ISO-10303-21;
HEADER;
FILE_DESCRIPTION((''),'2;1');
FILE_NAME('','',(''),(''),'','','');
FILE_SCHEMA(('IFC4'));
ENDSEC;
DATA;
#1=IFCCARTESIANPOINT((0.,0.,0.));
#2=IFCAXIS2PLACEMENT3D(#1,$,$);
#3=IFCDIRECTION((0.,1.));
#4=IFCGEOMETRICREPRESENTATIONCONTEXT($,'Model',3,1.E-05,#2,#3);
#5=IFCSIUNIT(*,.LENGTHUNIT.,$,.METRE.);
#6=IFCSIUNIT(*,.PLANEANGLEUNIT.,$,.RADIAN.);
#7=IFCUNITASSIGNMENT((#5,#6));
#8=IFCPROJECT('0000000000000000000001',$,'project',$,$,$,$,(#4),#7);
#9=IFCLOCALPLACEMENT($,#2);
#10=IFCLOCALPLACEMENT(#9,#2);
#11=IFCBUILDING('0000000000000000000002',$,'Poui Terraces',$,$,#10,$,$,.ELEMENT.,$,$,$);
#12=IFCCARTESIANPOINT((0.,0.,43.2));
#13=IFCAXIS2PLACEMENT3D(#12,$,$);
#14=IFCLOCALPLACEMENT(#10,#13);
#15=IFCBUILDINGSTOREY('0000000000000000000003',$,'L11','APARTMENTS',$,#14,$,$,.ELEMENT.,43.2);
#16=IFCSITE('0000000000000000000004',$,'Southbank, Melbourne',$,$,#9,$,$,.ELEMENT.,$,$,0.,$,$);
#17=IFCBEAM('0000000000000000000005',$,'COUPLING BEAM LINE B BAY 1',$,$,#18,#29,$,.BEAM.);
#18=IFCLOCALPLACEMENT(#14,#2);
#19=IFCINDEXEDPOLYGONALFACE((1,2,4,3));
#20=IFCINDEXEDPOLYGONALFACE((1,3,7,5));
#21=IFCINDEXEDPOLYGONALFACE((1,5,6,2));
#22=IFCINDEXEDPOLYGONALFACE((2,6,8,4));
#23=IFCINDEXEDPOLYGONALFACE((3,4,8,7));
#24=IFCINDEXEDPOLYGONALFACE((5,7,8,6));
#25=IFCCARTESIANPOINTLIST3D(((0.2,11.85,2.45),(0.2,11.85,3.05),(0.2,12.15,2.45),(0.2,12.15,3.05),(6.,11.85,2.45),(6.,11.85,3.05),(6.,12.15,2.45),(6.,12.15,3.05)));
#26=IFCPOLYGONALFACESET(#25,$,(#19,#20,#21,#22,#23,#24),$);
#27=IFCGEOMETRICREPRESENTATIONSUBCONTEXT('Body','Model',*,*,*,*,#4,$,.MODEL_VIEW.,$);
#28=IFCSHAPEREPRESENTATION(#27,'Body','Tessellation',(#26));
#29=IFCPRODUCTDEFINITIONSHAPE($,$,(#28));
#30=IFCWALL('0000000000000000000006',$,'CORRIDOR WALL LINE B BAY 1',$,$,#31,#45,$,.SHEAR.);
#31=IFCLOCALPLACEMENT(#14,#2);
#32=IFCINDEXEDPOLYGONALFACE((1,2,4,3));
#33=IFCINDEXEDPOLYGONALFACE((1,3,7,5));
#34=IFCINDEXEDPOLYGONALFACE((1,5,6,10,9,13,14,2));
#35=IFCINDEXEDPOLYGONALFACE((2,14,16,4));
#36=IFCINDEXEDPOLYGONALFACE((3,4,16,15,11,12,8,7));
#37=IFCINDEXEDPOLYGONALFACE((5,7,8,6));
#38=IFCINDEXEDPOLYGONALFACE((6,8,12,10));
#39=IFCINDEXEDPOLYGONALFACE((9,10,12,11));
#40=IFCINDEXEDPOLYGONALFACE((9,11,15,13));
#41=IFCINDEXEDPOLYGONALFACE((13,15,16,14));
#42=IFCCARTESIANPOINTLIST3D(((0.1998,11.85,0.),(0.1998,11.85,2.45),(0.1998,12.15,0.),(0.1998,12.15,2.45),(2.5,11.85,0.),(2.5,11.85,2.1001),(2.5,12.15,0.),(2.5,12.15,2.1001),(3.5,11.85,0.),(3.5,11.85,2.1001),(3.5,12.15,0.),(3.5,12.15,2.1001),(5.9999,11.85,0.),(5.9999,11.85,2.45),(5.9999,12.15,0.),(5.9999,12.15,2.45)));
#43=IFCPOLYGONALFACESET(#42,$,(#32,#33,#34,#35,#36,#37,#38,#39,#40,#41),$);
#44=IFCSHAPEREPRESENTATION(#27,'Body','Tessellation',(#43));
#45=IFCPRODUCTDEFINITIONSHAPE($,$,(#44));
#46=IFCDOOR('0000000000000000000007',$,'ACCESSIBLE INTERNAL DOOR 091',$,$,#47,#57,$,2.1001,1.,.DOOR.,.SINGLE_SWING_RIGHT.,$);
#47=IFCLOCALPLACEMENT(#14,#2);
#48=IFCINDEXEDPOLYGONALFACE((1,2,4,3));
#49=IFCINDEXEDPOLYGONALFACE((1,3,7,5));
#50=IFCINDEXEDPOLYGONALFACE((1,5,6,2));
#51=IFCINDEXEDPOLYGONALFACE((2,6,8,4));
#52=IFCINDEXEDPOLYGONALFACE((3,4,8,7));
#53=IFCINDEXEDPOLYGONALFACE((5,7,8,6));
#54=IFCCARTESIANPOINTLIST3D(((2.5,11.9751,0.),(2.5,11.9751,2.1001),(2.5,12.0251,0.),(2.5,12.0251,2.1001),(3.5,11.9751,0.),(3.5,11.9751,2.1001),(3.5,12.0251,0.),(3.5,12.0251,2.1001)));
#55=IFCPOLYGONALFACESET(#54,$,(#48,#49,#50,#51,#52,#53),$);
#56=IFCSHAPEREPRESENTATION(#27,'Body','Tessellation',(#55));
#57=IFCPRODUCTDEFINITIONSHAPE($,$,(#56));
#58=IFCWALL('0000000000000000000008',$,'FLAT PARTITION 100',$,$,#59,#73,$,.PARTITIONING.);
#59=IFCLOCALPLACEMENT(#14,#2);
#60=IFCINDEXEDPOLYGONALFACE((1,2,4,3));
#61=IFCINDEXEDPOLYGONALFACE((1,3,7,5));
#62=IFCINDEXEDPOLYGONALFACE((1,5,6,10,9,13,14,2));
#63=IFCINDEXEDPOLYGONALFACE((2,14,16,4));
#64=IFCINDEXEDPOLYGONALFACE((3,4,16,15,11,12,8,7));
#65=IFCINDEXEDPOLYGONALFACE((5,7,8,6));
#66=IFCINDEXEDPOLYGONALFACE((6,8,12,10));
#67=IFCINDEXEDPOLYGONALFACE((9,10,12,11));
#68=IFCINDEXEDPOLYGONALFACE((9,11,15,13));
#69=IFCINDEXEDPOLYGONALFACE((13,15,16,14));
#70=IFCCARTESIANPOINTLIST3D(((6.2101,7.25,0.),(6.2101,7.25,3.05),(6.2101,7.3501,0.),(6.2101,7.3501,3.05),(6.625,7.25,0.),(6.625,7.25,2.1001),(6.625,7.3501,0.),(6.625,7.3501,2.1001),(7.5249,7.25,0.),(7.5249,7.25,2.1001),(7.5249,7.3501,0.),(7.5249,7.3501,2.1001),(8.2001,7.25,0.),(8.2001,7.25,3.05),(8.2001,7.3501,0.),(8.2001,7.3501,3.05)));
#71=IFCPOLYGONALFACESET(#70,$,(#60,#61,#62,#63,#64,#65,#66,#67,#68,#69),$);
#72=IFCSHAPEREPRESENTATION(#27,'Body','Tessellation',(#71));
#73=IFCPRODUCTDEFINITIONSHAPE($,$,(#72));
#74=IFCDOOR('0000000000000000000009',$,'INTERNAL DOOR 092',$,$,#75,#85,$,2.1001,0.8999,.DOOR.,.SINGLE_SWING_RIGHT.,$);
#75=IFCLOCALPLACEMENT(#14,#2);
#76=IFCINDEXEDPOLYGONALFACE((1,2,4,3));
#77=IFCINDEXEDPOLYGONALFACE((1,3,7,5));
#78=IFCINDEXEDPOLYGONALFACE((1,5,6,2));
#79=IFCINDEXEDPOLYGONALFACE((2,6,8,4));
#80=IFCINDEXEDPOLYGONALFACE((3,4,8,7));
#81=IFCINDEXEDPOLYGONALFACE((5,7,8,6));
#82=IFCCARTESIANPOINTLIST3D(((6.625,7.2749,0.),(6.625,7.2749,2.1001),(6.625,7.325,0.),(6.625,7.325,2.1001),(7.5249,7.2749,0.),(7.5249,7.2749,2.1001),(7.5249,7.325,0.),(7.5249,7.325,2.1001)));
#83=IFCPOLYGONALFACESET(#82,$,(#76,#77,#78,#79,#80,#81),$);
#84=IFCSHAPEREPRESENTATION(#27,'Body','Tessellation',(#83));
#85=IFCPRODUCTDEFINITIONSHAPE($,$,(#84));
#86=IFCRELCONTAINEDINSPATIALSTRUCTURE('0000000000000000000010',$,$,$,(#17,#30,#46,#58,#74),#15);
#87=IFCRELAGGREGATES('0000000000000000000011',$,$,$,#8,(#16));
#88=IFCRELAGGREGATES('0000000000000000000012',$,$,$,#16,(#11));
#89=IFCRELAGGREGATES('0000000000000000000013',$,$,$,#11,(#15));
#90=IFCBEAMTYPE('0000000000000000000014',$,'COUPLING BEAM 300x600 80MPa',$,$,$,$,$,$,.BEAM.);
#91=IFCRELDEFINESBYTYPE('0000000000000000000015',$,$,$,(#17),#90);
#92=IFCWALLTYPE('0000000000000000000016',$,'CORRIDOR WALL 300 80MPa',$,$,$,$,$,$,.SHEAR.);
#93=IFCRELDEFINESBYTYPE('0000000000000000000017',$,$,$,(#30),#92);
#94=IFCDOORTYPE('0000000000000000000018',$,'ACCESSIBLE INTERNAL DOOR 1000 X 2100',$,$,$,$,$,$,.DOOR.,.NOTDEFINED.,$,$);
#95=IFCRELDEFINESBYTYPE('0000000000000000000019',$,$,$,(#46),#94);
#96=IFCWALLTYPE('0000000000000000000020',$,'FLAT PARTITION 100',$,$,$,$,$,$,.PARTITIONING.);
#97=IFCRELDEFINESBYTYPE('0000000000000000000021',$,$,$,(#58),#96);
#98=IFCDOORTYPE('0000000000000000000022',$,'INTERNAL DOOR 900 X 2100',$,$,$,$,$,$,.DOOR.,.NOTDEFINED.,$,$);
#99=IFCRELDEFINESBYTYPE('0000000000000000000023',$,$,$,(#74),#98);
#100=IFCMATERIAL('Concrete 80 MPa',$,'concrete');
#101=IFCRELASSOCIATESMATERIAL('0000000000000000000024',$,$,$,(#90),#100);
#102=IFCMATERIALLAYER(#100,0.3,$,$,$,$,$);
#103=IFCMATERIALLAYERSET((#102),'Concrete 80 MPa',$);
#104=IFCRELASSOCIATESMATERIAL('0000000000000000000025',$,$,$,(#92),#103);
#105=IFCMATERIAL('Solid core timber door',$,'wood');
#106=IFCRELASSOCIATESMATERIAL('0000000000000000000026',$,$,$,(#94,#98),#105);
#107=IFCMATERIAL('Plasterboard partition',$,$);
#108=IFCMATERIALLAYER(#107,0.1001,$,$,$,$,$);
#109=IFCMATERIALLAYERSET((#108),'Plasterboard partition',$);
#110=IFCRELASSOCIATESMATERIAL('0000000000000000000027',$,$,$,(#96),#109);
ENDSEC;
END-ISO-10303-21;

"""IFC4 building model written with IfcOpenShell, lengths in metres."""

from ifc_helpers import new_model, si_unit, direction, frame, frame_2d, origin, origin_2d, place, context, subcontext, project, spatial, rectangle, extrude, source, transform, mapped, material, layer, layer_set, material_profile, profile_set, type_object, element, fill, save


model = new_model("IFC4")

# Units and contexts
model_context = context("Model", 3, precision=1e-05, world=origin(), true_north=direction((0.0, 1.0)))
body_context = subcontext(model_context, "Body", "Model", "MODEL_VIEW")
ifc_project = project(units=[si_unit("LENGTHUNIT", "METRE"), si_unit("PLANEANGLEUNIT", "RADIAN")], contexts=[model_context])

# Site, building, storey
site_placement = place(None, origin())
site = spatial("IfcSite", under=ifc_project, at=site_placement, Name="Southbank, Melbourne", CompositionType="ELEMENT", RefElevation=0.0)
building_placement = place(site_placement, origin())
building = spatial("IfcBuilding", under=site, at=building_placement, Name="Poui Terraces", CompositionType="ELEMENT")
storey_placement = place(building_placement, frame((0.0, 0.0, 43.2)))
storey = spatial("IfcBuildingStorey", under=building, at=storey_placement, Name="L11", Description="APARTMENTS", CompositionType="ELEMENT", Elevation=43.2)

# Beam
ifc_material_1 = material(Name="Concrete 80 MPa", Category="concrete")
ifc_material_profile = material_profile(ifc_material_1, rectangle(XDim=0.3, YDim=0.6001, at=origin_2d()), Name="RC 300x600")
ifc_profile_set = profile_set([ifc_material_profile], Name="Concrete 80 MPa")
beam_type = type_object("IfcBeamType", Name="COUPLING BEAM 300x600 80MPa", PredefinedType="BEAM", material=ifc_profile_set)
shared_shape = source(origin(), body_context, "Body", "SweptSolid", [
    extrude(rectangle(XDim=0.3, YDim=0.6001, at=origin_2d()), origin(), (0.0, 0.0, 1.0), 5.8),
])
beam_placement = place(storey_placement, frame((0.2, 12.0, 2.75), z_axis=(1.0, 0.0, 0.0), x_axis=(0.0, 1.0, 0.0)))
element("IfcBeam", 1, at=beam_placement, inside=storey, type_object=beam_type, Name="COUPLING BEAM LINE B BAY 1", PredefinedType="BEAM", context=body_context, shape_type="MappedRepresentation", body=[
    mapped(shared_shape, transform((0.0, 0.0, 0.0))),
])

# Walls, openings, doors
ifc_layer_1 = layer(ifc_material_1, 0.3)
ifc_layer_set_1 = layer_set([ifc_layer_1], Name="Concrete 80 MPa")
wall_type_1 = type_object("IfcWallType", Name="CORRIDOR WALL 300 80MPa", PredefinedType="SHEAR", material=ifc_layer_set_1)
wall_1_placement = place(storey_placement, frame((0.2, 12.0, 0.0), z_axis=(0.0, 0.0, 1.0), x_axis=(1.0, 0.0, 0.0)))
wall_1 = element("IfcWall", 2, at=wall_1_placement, inside=storey, type_object=wall_type_1, Name="CORRIDOR WALL LINE B BAY 1", PredefinedType="SHEAR", context=body_context, shape_type="SweptSolid", body=[
    extrude(rectangle(XDim=5.8, YDim=0.3, at=frame_2d((2.8999, 0.0))), origin(), (0.0, 0.0, 1.0), 2.45),
])
opening_1_placement = place(wall_1_placement, frame((2.3, 0.0, 0.0)))
opening_1 = element("IfcOpeningElement", 3, at=opening_1_placement, cuts=wall_1, PredefinedType="OPENING", context=body_context, shape_type="SweptSolid", body=[
    extrude(rectangle(XDim=1.0, YDim=2.1001, at=frame_2d((0.5, 1.05))), frame((0.0, 0.1602, 0.0), z_axis=(0.0, -1.0, 0.0), x_axis=(1.0, 0.0, 0.0)), (0.0, 0.0, 1.0), 0.3201),
])
ifc_material_2 = material(Name="Solid core timber door", Category="wood")
door_type_1 = type_object("IfcDoorType", Name="ACCESSIBLE INTERNAL DOOR 1000 X 2100", OperationType="NOTDEFINED", PredefinedType="DOOR", material=ifc_material_2)
door_1_placement = place(opening_1_placement, frame((1.0, 0.0, 0.0), z_axis=(0.0, 0.0, 1.0), x_axis=(-1.0, 0.0, 0.0)))
door_1 = element("IfcDoor", 4, at=door_1_placement, inside=storey, type_object=door_type_1, Name="ACCESSIBLE INTERNAL DOOR 091", OperationType="SINGLE_SWING_RIGHT", OverallHeight=2.1001, OverallWidth=1.0, PredefinedType="DOOR", context=body_context, shape_type="SweptSolid", body=[
    extrude(rectangle(XDim=1.0, YDim=2.1001, at=frame_2d((0.5, 1.05))), frame((0.0, 0.0249, 0.0), z_axis=(0.0, -1.0, 0.0), x_axis=(1.0, 0.0, 0.0)), (0.0, 0.0, 1.0), 0.05),
])
fill(opening_1, door_1)
ifc_material_3 = material(Name="Plasterboard partition")
ifc_layer_2 = layer(ifc_material_3, 0.1001)
ifc_layer_set_2 = layer_set([ifc_layer_2], Name="Plasterboard partition")
wall_type_2 = type_object("IfcWallType", Name="FLAT PARTITION 100", PredefinedType="PARTITIONING", material=ifc_layer_set_2)
wall_2_placement = place(storey_placement, frame((6.21, 7.3, 0.0), z_axis=(0.0, 0.0, 1.0), x_axis=(1.0, 0.0, 0.0)))
wall_2 = element("IfcWall", 5, at=wall_2_placement, inside=storey, type_object=wall_type_2, Name="FLAT PARTITION 100", PredefinedType="PARTITIONING", context=body_context, shape_type="SweptSolid", body=[
    extrude(rectangle(XDim=1.99, YDim=0.1001, at=frame_2d((0.9951, 0.0))), origin(), (0.0, 0.0, 1.0), 3.05),
])
opening_2_placement = place(wall_2_placement, frame((0.415, 0.0, 0.0)))
opening_2 = element("IfcOpeningElement", 6, at=opening_2_placement, cuts=wall_2, PredefinedType="OPENING", context=body_context, shape_type="SweptSolid", body=[
    extrude(rectangle(XDim=0.8999, YDim=2.1001, at=frame_2d((0.45, 1.05))), frame((0.0, 0.0601, 0.0), z_axis=(0.0, -1.0, 0.0), x_axis=(1.0, 0.0, 0.0)), (0.0, 0.0, 1.0), 0.1201),
])
door_type_2 = type_object("IfcDoorType", Name="INTERNAL DOOR 900 X 2100", OperationType="NOTDEFINED", PredefinedType="DOOR", material=ifc_material_2)
door_2_placement = place(opening_2_placement, origin())
door_2 = element("IfcDoor", 7, at=door_2_placement, inside=storey, type_object=door_type_2, Name="INTERNAL DOOR 092", OperationType="SINGLE_SWING_RIGHT", OverallHeight=2.1001, OverallWidth=0.8999, PredefinedType="DOOR", context=body_context, shape_type="SweptSolid", body=[
    extrude(rectangle(XDim=0.8999, YDim=2.1001, at=frame_2d((0.45, 1.05))), frame((0.0, 0.0249, 0.0), z_axis=(0.0, -1.0, 0.0), x_axis=(1.0, 0.0, 0.0)), (0.0, 0.0, 1.0), 0.05),
])
fill(opening_2, door_2)

save(model, "model.ifc")
